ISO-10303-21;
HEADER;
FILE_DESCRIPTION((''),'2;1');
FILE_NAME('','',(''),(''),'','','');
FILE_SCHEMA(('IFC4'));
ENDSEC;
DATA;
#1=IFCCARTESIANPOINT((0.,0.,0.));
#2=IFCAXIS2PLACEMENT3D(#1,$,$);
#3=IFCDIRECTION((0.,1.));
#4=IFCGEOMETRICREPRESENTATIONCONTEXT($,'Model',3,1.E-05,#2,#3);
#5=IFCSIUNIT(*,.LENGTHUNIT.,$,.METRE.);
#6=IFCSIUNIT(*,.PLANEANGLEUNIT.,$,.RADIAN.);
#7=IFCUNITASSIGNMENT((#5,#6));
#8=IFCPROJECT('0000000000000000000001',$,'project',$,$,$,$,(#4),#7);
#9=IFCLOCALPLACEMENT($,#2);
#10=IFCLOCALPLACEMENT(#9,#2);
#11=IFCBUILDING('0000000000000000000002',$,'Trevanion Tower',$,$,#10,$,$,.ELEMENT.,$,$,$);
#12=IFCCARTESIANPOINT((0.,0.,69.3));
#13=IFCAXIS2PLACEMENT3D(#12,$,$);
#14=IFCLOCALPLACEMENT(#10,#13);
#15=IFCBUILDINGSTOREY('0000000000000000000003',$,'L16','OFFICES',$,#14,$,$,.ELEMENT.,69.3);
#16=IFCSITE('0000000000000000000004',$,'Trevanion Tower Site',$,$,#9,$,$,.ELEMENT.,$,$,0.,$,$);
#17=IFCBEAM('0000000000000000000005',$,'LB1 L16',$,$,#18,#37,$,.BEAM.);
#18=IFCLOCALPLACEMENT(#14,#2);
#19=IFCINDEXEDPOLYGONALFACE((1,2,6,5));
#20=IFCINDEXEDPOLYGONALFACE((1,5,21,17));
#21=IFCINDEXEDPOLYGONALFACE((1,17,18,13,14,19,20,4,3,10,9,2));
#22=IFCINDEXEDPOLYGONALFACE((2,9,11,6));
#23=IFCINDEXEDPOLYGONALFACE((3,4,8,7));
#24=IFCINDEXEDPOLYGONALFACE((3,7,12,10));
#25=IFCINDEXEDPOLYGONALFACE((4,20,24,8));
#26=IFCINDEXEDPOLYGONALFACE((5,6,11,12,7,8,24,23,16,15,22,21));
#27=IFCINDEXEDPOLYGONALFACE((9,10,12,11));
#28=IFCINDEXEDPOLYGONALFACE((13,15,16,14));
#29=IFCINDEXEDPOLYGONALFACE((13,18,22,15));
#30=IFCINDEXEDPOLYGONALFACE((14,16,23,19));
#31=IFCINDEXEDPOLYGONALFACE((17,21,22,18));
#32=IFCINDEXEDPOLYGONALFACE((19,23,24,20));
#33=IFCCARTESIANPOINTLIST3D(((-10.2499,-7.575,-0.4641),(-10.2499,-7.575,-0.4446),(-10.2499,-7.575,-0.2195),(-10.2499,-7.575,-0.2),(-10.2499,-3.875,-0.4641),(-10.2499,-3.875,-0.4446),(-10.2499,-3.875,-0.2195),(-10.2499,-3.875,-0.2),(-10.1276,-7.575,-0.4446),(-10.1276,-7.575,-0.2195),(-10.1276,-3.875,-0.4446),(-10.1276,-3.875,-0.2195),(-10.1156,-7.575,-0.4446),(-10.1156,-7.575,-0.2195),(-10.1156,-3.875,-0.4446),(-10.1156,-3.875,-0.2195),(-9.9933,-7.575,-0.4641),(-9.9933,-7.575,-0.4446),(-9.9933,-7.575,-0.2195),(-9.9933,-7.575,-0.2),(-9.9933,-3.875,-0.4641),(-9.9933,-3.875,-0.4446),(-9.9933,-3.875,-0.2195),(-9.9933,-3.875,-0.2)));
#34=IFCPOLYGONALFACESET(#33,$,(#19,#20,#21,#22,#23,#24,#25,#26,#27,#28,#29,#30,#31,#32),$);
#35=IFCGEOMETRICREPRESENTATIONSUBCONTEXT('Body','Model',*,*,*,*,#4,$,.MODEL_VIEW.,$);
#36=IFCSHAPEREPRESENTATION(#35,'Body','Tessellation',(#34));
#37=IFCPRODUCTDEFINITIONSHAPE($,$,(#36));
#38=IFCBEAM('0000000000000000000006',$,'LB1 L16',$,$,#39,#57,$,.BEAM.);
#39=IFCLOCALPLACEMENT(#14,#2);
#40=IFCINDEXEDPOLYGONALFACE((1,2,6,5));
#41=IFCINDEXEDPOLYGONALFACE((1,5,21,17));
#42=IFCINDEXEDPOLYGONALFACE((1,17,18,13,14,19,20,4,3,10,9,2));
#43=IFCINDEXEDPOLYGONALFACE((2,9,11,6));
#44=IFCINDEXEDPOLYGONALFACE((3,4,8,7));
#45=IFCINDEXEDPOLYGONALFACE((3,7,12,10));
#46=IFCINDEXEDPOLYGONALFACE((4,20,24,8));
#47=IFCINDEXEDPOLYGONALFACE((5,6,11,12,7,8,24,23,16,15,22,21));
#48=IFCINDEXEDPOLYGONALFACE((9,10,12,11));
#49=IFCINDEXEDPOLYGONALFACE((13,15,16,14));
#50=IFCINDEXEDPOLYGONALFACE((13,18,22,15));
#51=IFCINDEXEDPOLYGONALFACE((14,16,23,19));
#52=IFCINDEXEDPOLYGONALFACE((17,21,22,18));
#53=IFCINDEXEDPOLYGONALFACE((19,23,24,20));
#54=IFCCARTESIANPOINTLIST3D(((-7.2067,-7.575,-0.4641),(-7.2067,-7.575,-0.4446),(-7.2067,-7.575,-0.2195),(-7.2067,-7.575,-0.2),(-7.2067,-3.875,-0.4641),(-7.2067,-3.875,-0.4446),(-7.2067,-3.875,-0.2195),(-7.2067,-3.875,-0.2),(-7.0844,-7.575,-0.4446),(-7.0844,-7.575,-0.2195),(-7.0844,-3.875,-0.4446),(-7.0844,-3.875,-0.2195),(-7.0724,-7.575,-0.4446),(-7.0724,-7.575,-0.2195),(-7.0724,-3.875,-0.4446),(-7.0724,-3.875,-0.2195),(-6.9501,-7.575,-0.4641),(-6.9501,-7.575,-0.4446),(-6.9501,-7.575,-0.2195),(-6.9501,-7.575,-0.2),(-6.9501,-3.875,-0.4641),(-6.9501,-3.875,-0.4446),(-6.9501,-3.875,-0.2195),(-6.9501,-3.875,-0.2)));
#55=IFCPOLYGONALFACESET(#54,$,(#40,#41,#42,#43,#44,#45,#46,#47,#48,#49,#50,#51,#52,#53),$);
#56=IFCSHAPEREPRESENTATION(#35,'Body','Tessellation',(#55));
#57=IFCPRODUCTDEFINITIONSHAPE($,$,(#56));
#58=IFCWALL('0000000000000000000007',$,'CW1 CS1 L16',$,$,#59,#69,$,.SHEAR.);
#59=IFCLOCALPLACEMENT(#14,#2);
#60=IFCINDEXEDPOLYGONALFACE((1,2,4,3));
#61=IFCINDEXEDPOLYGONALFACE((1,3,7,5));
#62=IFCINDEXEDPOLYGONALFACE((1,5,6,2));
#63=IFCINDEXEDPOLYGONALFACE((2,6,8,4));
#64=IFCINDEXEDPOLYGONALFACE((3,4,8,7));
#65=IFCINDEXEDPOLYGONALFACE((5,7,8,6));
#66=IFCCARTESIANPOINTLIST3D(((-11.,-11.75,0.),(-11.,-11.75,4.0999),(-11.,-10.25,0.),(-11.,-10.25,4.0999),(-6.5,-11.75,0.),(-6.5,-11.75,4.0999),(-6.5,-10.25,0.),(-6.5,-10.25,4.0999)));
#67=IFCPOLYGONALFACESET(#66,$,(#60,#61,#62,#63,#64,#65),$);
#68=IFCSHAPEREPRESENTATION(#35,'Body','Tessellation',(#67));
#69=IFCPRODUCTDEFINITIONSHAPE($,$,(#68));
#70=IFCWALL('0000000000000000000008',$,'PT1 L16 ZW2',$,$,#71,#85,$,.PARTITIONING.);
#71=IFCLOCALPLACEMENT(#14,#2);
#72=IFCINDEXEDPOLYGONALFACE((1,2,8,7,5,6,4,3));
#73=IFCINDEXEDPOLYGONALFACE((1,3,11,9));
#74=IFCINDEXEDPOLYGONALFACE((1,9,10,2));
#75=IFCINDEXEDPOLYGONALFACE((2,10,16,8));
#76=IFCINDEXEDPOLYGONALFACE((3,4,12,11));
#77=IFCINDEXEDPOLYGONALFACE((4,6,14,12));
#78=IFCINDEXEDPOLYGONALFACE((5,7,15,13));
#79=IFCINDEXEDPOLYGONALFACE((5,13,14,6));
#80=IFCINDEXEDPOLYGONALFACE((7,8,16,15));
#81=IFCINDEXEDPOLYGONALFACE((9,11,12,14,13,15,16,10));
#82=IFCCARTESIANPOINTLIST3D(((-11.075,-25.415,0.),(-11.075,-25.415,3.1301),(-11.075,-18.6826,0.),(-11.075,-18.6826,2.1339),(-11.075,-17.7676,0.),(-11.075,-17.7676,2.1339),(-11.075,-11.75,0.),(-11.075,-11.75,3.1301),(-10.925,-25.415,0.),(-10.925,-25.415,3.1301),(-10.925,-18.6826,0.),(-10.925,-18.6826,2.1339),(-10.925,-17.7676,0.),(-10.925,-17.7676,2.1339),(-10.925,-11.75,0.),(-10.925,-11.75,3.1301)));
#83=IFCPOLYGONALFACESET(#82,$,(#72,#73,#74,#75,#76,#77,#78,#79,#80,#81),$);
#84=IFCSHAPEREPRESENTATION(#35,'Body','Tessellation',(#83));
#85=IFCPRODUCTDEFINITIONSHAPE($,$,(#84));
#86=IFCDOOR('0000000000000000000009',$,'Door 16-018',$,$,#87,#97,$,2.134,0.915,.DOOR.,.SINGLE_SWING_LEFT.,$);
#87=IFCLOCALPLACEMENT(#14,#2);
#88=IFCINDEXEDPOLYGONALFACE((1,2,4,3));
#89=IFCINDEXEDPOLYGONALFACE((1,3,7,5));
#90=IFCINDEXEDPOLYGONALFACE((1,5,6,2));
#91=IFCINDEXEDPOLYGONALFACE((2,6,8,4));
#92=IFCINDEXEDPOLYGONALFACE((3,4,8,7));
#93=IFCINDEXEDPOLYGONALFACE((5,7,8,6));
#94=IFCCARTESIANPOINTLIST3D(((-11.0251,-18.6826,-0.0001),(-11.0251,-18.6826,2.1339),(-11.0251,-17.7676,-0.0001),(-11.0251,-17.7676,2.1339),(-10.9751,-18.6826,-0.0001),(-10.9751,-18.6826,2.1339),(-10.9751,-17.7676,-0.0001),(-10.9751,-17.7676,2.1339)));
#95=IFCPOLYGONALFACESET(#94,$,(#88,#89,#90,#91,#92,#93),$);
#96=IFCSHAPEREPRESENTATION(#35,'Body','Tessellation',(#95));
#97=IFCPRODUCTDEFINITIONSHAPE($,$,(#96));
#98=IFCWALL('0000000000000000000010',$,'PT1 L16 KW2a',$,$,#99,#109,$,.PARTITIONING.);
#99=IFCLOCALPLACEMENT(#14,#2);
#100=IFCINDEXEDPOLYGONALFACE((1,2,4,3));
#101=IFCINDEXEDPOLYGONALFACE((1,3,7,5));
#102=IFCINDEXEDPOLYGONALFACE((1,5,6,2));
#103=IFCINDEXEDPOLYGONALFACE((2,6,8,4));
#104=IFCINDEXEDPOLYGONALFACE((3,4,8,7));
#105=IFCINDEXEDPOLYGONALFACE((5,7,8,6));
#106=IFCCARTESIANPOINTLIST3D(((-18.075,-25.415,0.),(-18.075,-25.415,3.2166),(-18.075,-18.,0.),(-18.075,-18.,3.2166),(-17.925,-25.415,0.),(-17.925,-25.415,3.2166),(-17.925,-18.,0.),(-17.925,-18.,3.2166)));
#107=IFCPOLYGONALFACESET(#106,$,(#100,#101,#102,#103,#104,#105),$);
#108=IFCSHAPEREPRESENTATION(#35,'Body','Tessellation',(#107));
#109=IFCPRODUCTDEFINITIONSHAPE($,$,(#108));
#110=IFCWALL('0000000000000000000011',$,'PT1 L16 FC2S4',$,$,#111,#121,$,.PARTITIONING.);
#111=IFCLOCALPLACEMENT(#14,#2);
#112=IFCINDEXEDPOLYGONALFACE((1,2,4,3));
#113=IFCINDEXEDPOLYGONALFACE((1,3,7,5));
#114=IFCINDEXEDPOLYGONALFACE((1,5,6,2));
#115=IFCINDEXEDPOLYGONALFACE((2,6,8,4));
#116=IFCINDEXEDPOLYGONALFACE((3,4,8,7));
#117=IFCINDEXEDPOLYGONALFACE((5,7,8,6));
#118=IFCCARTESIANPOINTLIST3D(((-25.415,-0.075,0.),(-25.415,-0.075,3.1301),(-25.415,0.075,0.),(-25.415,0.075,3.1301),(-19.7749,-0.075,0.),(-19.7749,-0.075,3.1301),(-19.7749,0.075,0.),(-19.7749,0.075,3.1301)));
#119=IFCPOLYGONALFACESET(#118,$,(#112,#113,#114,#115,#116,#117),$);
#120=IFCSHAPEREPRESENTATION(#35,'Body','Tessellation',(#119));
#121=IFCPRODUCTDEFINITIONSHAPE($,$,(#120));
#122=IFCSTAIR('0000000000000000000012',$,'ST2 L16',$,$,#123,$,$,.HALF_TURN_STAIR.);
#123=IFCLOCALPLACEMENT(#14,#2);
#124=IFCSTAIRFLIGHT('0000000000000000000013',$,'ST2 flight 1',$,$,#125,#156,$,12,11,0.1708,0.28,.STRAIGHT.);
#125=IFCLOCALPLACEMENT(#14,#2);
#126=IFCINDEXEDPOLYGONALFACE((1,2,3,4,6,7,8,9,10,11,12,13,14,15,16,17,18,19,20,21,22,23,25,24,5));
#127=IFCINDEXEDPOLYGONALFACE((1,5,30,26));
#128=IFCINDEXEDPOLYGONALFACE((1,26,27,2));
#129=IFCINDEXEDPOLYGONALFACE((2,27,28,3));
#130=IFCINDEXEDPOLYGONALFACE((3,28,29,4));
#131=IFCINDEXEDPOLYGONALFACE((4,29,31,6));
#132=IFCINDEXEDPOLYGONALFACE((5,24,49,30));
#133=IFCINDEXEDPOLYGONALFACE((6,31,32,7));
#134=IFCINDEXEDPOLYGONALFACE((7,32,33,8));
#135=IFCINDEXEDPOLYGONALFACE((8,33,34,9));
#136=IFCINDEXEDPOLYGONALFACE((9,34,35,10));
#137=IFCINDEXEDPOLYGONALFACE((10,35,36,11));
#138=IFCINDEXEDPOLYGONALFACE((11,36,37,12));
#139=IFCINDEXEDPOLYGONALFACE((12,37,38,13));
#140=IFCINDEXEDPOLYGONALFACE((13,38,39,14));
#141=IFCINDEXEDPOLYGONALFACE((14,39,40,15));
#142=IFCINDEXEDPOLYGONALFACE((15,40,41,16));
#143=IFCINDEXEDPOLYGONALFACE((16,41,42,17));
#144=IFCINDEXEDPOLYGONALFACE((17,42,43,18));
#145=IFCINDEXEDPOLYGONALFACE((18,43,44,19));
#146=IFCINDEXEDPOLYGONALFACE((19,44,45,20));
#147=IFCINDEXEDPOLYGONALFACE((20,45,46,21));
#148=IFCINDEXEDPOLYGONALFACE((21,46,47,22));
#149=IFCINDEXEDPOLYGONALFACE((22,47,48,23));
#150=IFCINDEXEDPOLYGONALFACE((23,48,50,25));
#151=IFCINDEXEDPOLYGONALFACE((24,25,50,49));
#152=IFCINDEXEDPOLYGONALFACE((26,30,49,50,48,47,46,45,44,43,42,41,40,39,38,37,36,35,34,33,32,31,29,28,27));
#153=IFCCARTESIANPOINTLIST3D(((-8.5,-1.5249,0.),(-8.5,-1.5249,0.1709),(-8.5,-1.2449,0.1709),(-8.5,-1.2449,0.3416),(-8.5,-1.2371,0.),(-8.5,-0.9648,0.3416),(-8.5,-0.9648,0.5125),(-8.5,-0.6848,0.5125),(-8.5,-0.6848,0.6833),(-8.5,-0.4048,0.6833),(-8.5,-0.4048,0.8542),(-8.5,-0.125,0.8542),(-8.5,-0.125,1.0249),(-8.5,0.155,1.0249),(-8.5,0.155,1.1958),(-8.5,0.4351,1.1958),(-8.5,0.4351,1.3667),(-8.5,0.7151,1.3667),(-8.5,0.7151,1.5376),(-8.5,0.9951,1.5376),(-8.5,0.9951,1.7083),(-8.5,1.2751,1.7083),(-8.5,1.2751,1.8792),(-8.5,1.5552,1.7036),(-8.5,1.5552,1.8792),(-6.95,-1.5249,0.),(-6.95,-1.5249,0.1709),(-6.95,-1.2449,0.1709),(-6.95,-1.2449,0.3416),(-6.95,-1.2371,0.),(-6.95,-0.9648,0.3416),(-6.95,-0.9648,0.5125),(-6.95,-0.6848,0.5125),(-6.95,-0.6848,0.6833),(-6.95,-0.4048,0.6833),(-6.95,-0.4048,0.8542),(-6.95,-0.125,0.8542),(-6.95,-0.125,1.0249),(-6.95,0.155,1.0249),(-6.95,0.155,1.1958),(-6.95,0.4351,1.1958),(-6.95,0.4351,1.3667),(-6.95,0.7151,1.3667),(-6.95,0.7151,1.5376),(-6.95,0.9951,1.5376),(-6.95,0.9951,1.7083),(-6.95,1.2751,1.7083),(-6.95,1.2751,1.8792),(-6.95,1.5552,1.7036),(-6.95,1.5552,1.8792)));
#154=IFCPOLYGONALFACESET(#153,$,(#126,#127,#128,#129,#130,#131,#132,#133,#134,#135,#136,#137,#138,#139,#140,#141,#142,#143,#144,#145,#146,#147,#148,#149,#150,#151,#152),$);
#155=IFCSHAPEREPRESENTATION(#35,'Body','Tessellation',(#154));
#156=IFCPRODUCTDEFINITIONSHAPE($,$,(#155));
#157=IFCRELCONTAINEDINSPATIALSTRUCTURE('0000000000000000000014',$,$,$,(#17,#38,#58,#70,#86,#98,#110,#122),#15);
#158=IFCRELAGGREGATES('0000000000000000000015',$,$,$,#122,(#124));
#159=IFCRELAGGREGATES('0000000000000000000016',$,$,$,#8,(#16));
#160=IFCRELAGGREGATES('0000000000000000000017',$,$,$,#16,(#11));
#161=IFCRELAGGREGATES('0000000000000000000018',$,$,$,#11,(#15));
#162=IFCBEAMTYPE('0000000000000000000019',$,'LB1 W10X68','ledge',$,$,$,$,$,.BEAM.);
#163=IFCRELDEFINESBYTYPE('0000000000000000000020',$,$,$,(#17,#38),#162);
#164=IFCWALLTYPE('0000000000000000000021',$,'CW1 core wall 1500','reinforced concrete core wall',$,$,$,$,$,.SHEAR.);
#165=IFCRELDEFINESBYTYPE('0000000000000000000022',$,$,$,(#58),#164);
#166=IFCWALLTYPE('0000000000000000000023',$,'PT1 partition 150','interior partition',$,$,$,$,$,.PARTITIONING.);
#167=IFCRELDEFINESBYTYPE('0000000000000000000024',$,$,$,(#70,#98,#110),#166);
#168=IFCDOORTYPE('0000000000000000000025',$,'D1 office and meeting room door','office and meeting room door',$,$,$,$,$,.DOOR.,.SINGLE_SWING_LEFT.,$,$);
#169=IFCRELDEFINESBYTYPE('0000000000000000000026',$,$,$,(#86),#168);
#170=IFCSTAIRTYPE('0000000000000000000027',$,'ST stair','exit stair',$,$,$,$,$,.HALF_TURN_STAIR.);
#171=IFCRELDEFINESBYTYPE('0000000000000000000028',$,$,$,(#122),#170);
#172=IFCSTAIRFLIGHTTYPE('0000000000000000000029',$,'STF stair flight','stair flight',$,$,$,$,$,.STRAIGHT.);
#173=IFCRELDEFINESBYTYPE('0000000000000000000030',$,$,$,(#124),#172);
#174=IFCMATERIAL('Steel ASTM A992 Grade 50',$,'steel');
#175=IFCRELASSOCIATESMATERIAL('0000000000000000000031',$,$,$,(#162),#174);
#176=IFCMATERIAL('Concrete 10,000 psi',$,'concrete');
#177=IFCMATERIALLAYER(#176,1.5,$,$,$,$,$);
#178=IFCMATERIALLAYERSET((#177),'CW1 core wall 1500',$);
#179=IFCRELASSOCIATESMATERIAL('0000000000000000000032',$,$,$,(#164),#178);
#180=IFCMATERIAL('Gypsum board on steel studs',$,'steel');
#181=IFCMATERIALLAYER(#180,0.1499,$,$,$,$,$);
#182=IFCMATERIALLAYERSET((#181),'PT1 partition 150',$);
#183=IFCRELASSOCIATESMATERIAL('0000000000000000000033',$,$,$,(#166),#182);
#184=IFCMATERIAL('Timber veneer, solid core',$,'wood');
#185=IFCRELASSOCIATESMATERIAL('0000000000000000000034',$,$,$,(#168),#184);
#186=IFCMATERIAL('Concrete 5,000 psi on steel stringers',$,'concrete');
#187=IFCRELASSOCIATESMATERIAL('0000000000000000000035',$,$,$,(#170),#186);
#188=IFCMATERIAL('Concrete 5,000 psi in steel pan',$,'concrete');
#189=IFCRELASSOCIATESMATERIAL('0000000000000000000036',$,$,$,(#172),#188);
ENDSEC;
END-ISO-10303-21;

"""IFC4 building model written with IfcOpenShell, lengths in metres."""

from ifc_helpers import new_model, si_unit, direction, frame, frame_2d, origin, origin_2d, place, context, subcontext, project, spatial, polyline, rectangle, i_section, outline, extrude, material, layer, layer_set, material_profile, profile_set, type_object, element, fill, aggregate, save


model = new_model("IFC4")

# Units and contexts
model_context = context("Model", 3, precision=1e-05, world=origin(), true_north=direction((0.0, 1.0)))
body_context = subcontext(model_context, "Body", "Model", "MODEL_VIEW")
ifc_project = project(units=[si_unit("LENGTHUNIT", "METRE"), si_unit("PLANEANGLEUNIT", "RADIAN")], contexts=[model_context])

# Site, building, storey
site_placement = place(None, origin())
site = spatial("IfcSite", under=ifc_project, at=site_placement, Name="Trevanion Tower Site", CompositionType="ELEMENT", RefElevation=0.0)
building_placement = place(site_placement, origin())
building = spatial("IfcBuilding", under=site, at=building_placement, Name="Trevanion Tower", CompositionType="ELEMENT")
storey_placement = place(building_placement, frame((0.0, 0.0, 69.3)))
storey = spatial("IfcBuildingStorey", under=building, at=storey_placement, Name="L16", Description="OFFICES", CompositionType="ELEMENT", Elevation=69.3)

# Beams
ifc_material_1 = material(Name="Steel ASTM A992 Grade 50", Category="steel")
ifc_material_profile_1 = material_profile(ifc_material_1, i_section(OverallWidth=0.2566, OverallDepth=0.2642, WebThickness=0.012, FlangeThickness=0.0195, at=origin_2d()), Name="W10X68")
ifc_profile_set_1 = profile_set([ifc_material_profile_1], Name="Steel ASTM A992 Grade 50")
beam_type_1 = type_object("IfcBeamType", Name="LB1 W10X68", Description="ledge", PredefinedType="BEAM", material=ifc_profile_set_1)
for number, where, z_axis, x_axis, name in (
    (1, (-10.1216, -7.575, -0.332), (0.0, 1.0, 0.0), (-1.0, 0.0, 0.0), "LB1 L16"),
    (2, (-7.0784, -7.575, -0.332), (0.0, 1.0, 0.0), (-1.0, 0.0, 0.0), "LB1 L16"),
):
    element("IfcBeam", number, at=place(storey_placement, frame(where, z_axis=z_axis, x_axis=x_axis)), inside=storey, type_object=beam_type_1, Name=name, PredefinedType="BEAM", context=body_context, shape_type="SweptSolid", body=[
        extrude(i_section(OverallWidth=0.2566, OverallDepth=0.2642, WebThickness=0.012, FlangeThickness=0.0195, at=origin_2d()), origin(), (0.0, 0.0, 1.0), 3.7),
    ])

# Wall
ifc_material_2 = material(Name="Concrete 10,000 psi", Category="concrete")
ifc_layer_1 = layer(ifc_material_2, 1.5)
ifc_layer_set_1 = layer_set([ifc_layer_1], Name="CW1 core wall 1500")
wall_type_1 = type_object("IfcWallType", Name="CW1 core wall 1500", Description="reinforced concrete core wall", PredefinedType="SHEAR", material=ifc_layer_set_1)
wall_1_placement = place(storey_placement, frame((-11.0, -11.0, 0.0), z_axis=(0.0, 0.0, 1.0), x_axis=(1.0, 0.0, 0.0)))
element("IfcWall", 3, at=wall_1_placement, inside=storey, type_object=wall_type_1, Name="CW1 CS1 L16", PredefinedType="SHEAR", context=body_context, shape_type="SweptSolid", body=[
    extrude(rectangle(XDim=4.5, YDim=1.5, at=frame_2d((2.25, 0.0))), origin(), (0.0, 0.0, 1.0), 4.0999),
])

# Wall, opening, door
ifc_material_3 = material(Name="Gypsum board on steel studs", Category="steel")
ifc_layer_2 = layer(ifc_material_3, 0.1499)
ifc_layer_set_2 = layer_set([ifc_layer_2], Name="PT1 partition 150")
wall_type_2 = type_object("IfcWallType", Name="PT1 partition 150", Description="interior partition", PredefinedType="PARTITIONING", material=ifc_layer_set_2)
wall_2_placement = place(storey_placement, frame((-11.0, -11.75, 0.0), z_axis=(0.0, 0.0, 1.0), x_axis=(0.0, -1.0, 0.0)))
wall_2 = element("IfcWall", 4, at=wall_2_placement, inside=storey, type_object=wall_type_2, Name="PT1 L16 ZW2", PredefinedType="PARTITIONING", context=body_context, shape_type="SweptSolid", body=[
    extrude(rectangle(XDim=13.665, YDim=0.1499, at=frame_2d((6.8325, 0.0))), origin(), (0.0, 0.0, 1.0), 3.1301),
])
opening_placement = place(wall_2_placement, frame((6.0176, 0.0, 0.0)))
opening = element("IfcOpeningElement", 5, at=opening_placement, cuts=wall_2, PredefinedType="OPENING", context=body_context, shape_type="SweptSolid", body=[
    extrude(rectangle(XDim=0.915, YDim=2.134, at=frame_2d((0.4575, 1.0669))), frame((0.0, 0.085, 0.0), z_axis=(0.0, -1.0, 0.0), x_axis=(1.0, 0.0, 0.0)), (0.0, 0.0, 1.0), 0.1699),
])
ifc_material_4 = material(Name="Timber veneer, solid core", Category="wood")
door_type = type_object("IfcDoorType", Name="D1 office and meeting room door", Description="office and meeting room door", OperationType="SINGLE_SWING_LEFT", PredefinedType="DOOR", material=ifc_material_4)
door_placement = place(opening_placement, origin())
door = element("IfcDoor", 6, at=door_placement, inside=storey, type_object=door_type, Name="Door 16-018", OperationType="SINGLE_SWING_LEFT", OverallHeight=2.134, OverallWidth=0.915, PredefinedType="DOOR", context=body_context, shape_type="SweptSolid", body=[
    extrude(rectangle(XDim=0.915, YDim=2.134, at=frame_2d((0.4575, 1.0669))), frame((0.0, 0.0249, 0.0), z_axis=(0.0, -1.0, 0.0), x_axis=(1.0, 0.0, 0.0)), (0.0, 0.0, 1.0), 0.05),
])
fill(opening, door)

# Walls
wall_3_placement = place(storey_placement, frame((-18.0, -18.0, 0.0), z_axis=(0.0, 0.0, 1.0), x_axis=(0.0, -1.0, 0.0)))
element("IfcWall", 7, at=wall_3_placement, inside=storey, type_object=wall_type_2, Name="PT1 L16 KW2a", PredefinedType="PARTITIONING", context=body_context, shape_type="SweptSolid", body=[
    extrude(rectangle(XDim=7.415, YDim=0.1499, at=frame_2d((3.7075, 0.0))), origin(), (0.0, 0.0, 1.0), 3.2166),
])
wall_4_placement = place(storey_placement, frame((-19.7749, 0.0, 0.0), z_axis=(0.0, 0.0, 1.0), x_axis=(-1.0, 0.0, 0.0)))
element("IfcWall", 8, at=wall_4_placement, inside=storey, type_object=wall_type_2, Name="PT1 L16 FC2S4", PredefinedType="PARTITIONING", context=body_context, shape_type="SweptSolid", body=[
    extrude(rectangle(XDim=5.6401, YDim=0.1499, at=frame_2d((2.8201, 0.0))), origin(), (0.0, 0.0, 1.0), 3.1301),
])

# Stair, stair flight
ifc_material_5 = material(Name="Concrete 5,000 psi on steel stringers", Category="concrete")
stair_type = type_object("IfcStairType", Name="ST stair", Description="exit stair", PredefinedType="HALF_TURN_STAIR", material=ifc_material_5)
stair_placement = place(storey_placement, origin())
stair = element("IfcStair", 9, at=stair_placement, inside=storey, type_object=stair_type, Name="ST2 L16", PredefinedType="HALF_TURN_STAIR")
ifc_material_6 = material(Name="Concrete 5,000 psi in steel pan", Category="concrete")
stair_flight_type = type_object("IfcStairFlightType", Name="STF stair flight", Description="stair flight", PredefinedType="STRAIGHT", material=ifc_material_6)
stair_flight_placement = place(storey_placement, frame((-7.7251, -1.5249, 0.0), z_axis=(0.0, 0.0, 1.0), x_axis=(0.0, 1.0, 0.0)))
stair_flight = element("IfcStairFlight", 10, at=stair_flight_placement, type_object=stair_flight_type, Name="ST2 flight 1", NumberOfRisers=12, NumberOfTreads=11, PredefinedType="STRAIGHT", RiserHeight=0.1708, TreadLength=0.28, context=body_context, shape_type="SweptSolid", body=[
    extrude(outline(polyline([(0.0, 0.0), (0.0, 0.1709), (0.28, 0.1709), (0.28, 0.3416), (0.5601, 0.3416), (0.5601, 0.5125), (0.8401, 0.5125), (0.8401, 0.6833), (1.1201, 0.6833), (1.1201, 0.8542), (1.3999, 0.8542), (1.3999, 1.0249), (1.6799, 1.0249), (1.6799, 1.1958), (1.96, 1.1958), (1.96, 1.3667), (2.24, 1.3667), (2.24, 1.5376), (2.52, 1.5376), (2.52, 1.7083), (2.8, 1.7083), (2.8, 1.8792), (3.0801, 1.8792), (3.0801, 2.05), (3.0801, 1.7036), (0.2878, 0.0), (0.0, 0.0)])), frame((0.0, 0.7749, 0.0), z_axis=(0.0, -1.0, 0.0), x_axis=(1.0, 0.0, 0.0)), (0.0, 0.0, 1.0), 1.55),
])
aggregate(stair, [stair_flight])

save(model, "model.ifc")
